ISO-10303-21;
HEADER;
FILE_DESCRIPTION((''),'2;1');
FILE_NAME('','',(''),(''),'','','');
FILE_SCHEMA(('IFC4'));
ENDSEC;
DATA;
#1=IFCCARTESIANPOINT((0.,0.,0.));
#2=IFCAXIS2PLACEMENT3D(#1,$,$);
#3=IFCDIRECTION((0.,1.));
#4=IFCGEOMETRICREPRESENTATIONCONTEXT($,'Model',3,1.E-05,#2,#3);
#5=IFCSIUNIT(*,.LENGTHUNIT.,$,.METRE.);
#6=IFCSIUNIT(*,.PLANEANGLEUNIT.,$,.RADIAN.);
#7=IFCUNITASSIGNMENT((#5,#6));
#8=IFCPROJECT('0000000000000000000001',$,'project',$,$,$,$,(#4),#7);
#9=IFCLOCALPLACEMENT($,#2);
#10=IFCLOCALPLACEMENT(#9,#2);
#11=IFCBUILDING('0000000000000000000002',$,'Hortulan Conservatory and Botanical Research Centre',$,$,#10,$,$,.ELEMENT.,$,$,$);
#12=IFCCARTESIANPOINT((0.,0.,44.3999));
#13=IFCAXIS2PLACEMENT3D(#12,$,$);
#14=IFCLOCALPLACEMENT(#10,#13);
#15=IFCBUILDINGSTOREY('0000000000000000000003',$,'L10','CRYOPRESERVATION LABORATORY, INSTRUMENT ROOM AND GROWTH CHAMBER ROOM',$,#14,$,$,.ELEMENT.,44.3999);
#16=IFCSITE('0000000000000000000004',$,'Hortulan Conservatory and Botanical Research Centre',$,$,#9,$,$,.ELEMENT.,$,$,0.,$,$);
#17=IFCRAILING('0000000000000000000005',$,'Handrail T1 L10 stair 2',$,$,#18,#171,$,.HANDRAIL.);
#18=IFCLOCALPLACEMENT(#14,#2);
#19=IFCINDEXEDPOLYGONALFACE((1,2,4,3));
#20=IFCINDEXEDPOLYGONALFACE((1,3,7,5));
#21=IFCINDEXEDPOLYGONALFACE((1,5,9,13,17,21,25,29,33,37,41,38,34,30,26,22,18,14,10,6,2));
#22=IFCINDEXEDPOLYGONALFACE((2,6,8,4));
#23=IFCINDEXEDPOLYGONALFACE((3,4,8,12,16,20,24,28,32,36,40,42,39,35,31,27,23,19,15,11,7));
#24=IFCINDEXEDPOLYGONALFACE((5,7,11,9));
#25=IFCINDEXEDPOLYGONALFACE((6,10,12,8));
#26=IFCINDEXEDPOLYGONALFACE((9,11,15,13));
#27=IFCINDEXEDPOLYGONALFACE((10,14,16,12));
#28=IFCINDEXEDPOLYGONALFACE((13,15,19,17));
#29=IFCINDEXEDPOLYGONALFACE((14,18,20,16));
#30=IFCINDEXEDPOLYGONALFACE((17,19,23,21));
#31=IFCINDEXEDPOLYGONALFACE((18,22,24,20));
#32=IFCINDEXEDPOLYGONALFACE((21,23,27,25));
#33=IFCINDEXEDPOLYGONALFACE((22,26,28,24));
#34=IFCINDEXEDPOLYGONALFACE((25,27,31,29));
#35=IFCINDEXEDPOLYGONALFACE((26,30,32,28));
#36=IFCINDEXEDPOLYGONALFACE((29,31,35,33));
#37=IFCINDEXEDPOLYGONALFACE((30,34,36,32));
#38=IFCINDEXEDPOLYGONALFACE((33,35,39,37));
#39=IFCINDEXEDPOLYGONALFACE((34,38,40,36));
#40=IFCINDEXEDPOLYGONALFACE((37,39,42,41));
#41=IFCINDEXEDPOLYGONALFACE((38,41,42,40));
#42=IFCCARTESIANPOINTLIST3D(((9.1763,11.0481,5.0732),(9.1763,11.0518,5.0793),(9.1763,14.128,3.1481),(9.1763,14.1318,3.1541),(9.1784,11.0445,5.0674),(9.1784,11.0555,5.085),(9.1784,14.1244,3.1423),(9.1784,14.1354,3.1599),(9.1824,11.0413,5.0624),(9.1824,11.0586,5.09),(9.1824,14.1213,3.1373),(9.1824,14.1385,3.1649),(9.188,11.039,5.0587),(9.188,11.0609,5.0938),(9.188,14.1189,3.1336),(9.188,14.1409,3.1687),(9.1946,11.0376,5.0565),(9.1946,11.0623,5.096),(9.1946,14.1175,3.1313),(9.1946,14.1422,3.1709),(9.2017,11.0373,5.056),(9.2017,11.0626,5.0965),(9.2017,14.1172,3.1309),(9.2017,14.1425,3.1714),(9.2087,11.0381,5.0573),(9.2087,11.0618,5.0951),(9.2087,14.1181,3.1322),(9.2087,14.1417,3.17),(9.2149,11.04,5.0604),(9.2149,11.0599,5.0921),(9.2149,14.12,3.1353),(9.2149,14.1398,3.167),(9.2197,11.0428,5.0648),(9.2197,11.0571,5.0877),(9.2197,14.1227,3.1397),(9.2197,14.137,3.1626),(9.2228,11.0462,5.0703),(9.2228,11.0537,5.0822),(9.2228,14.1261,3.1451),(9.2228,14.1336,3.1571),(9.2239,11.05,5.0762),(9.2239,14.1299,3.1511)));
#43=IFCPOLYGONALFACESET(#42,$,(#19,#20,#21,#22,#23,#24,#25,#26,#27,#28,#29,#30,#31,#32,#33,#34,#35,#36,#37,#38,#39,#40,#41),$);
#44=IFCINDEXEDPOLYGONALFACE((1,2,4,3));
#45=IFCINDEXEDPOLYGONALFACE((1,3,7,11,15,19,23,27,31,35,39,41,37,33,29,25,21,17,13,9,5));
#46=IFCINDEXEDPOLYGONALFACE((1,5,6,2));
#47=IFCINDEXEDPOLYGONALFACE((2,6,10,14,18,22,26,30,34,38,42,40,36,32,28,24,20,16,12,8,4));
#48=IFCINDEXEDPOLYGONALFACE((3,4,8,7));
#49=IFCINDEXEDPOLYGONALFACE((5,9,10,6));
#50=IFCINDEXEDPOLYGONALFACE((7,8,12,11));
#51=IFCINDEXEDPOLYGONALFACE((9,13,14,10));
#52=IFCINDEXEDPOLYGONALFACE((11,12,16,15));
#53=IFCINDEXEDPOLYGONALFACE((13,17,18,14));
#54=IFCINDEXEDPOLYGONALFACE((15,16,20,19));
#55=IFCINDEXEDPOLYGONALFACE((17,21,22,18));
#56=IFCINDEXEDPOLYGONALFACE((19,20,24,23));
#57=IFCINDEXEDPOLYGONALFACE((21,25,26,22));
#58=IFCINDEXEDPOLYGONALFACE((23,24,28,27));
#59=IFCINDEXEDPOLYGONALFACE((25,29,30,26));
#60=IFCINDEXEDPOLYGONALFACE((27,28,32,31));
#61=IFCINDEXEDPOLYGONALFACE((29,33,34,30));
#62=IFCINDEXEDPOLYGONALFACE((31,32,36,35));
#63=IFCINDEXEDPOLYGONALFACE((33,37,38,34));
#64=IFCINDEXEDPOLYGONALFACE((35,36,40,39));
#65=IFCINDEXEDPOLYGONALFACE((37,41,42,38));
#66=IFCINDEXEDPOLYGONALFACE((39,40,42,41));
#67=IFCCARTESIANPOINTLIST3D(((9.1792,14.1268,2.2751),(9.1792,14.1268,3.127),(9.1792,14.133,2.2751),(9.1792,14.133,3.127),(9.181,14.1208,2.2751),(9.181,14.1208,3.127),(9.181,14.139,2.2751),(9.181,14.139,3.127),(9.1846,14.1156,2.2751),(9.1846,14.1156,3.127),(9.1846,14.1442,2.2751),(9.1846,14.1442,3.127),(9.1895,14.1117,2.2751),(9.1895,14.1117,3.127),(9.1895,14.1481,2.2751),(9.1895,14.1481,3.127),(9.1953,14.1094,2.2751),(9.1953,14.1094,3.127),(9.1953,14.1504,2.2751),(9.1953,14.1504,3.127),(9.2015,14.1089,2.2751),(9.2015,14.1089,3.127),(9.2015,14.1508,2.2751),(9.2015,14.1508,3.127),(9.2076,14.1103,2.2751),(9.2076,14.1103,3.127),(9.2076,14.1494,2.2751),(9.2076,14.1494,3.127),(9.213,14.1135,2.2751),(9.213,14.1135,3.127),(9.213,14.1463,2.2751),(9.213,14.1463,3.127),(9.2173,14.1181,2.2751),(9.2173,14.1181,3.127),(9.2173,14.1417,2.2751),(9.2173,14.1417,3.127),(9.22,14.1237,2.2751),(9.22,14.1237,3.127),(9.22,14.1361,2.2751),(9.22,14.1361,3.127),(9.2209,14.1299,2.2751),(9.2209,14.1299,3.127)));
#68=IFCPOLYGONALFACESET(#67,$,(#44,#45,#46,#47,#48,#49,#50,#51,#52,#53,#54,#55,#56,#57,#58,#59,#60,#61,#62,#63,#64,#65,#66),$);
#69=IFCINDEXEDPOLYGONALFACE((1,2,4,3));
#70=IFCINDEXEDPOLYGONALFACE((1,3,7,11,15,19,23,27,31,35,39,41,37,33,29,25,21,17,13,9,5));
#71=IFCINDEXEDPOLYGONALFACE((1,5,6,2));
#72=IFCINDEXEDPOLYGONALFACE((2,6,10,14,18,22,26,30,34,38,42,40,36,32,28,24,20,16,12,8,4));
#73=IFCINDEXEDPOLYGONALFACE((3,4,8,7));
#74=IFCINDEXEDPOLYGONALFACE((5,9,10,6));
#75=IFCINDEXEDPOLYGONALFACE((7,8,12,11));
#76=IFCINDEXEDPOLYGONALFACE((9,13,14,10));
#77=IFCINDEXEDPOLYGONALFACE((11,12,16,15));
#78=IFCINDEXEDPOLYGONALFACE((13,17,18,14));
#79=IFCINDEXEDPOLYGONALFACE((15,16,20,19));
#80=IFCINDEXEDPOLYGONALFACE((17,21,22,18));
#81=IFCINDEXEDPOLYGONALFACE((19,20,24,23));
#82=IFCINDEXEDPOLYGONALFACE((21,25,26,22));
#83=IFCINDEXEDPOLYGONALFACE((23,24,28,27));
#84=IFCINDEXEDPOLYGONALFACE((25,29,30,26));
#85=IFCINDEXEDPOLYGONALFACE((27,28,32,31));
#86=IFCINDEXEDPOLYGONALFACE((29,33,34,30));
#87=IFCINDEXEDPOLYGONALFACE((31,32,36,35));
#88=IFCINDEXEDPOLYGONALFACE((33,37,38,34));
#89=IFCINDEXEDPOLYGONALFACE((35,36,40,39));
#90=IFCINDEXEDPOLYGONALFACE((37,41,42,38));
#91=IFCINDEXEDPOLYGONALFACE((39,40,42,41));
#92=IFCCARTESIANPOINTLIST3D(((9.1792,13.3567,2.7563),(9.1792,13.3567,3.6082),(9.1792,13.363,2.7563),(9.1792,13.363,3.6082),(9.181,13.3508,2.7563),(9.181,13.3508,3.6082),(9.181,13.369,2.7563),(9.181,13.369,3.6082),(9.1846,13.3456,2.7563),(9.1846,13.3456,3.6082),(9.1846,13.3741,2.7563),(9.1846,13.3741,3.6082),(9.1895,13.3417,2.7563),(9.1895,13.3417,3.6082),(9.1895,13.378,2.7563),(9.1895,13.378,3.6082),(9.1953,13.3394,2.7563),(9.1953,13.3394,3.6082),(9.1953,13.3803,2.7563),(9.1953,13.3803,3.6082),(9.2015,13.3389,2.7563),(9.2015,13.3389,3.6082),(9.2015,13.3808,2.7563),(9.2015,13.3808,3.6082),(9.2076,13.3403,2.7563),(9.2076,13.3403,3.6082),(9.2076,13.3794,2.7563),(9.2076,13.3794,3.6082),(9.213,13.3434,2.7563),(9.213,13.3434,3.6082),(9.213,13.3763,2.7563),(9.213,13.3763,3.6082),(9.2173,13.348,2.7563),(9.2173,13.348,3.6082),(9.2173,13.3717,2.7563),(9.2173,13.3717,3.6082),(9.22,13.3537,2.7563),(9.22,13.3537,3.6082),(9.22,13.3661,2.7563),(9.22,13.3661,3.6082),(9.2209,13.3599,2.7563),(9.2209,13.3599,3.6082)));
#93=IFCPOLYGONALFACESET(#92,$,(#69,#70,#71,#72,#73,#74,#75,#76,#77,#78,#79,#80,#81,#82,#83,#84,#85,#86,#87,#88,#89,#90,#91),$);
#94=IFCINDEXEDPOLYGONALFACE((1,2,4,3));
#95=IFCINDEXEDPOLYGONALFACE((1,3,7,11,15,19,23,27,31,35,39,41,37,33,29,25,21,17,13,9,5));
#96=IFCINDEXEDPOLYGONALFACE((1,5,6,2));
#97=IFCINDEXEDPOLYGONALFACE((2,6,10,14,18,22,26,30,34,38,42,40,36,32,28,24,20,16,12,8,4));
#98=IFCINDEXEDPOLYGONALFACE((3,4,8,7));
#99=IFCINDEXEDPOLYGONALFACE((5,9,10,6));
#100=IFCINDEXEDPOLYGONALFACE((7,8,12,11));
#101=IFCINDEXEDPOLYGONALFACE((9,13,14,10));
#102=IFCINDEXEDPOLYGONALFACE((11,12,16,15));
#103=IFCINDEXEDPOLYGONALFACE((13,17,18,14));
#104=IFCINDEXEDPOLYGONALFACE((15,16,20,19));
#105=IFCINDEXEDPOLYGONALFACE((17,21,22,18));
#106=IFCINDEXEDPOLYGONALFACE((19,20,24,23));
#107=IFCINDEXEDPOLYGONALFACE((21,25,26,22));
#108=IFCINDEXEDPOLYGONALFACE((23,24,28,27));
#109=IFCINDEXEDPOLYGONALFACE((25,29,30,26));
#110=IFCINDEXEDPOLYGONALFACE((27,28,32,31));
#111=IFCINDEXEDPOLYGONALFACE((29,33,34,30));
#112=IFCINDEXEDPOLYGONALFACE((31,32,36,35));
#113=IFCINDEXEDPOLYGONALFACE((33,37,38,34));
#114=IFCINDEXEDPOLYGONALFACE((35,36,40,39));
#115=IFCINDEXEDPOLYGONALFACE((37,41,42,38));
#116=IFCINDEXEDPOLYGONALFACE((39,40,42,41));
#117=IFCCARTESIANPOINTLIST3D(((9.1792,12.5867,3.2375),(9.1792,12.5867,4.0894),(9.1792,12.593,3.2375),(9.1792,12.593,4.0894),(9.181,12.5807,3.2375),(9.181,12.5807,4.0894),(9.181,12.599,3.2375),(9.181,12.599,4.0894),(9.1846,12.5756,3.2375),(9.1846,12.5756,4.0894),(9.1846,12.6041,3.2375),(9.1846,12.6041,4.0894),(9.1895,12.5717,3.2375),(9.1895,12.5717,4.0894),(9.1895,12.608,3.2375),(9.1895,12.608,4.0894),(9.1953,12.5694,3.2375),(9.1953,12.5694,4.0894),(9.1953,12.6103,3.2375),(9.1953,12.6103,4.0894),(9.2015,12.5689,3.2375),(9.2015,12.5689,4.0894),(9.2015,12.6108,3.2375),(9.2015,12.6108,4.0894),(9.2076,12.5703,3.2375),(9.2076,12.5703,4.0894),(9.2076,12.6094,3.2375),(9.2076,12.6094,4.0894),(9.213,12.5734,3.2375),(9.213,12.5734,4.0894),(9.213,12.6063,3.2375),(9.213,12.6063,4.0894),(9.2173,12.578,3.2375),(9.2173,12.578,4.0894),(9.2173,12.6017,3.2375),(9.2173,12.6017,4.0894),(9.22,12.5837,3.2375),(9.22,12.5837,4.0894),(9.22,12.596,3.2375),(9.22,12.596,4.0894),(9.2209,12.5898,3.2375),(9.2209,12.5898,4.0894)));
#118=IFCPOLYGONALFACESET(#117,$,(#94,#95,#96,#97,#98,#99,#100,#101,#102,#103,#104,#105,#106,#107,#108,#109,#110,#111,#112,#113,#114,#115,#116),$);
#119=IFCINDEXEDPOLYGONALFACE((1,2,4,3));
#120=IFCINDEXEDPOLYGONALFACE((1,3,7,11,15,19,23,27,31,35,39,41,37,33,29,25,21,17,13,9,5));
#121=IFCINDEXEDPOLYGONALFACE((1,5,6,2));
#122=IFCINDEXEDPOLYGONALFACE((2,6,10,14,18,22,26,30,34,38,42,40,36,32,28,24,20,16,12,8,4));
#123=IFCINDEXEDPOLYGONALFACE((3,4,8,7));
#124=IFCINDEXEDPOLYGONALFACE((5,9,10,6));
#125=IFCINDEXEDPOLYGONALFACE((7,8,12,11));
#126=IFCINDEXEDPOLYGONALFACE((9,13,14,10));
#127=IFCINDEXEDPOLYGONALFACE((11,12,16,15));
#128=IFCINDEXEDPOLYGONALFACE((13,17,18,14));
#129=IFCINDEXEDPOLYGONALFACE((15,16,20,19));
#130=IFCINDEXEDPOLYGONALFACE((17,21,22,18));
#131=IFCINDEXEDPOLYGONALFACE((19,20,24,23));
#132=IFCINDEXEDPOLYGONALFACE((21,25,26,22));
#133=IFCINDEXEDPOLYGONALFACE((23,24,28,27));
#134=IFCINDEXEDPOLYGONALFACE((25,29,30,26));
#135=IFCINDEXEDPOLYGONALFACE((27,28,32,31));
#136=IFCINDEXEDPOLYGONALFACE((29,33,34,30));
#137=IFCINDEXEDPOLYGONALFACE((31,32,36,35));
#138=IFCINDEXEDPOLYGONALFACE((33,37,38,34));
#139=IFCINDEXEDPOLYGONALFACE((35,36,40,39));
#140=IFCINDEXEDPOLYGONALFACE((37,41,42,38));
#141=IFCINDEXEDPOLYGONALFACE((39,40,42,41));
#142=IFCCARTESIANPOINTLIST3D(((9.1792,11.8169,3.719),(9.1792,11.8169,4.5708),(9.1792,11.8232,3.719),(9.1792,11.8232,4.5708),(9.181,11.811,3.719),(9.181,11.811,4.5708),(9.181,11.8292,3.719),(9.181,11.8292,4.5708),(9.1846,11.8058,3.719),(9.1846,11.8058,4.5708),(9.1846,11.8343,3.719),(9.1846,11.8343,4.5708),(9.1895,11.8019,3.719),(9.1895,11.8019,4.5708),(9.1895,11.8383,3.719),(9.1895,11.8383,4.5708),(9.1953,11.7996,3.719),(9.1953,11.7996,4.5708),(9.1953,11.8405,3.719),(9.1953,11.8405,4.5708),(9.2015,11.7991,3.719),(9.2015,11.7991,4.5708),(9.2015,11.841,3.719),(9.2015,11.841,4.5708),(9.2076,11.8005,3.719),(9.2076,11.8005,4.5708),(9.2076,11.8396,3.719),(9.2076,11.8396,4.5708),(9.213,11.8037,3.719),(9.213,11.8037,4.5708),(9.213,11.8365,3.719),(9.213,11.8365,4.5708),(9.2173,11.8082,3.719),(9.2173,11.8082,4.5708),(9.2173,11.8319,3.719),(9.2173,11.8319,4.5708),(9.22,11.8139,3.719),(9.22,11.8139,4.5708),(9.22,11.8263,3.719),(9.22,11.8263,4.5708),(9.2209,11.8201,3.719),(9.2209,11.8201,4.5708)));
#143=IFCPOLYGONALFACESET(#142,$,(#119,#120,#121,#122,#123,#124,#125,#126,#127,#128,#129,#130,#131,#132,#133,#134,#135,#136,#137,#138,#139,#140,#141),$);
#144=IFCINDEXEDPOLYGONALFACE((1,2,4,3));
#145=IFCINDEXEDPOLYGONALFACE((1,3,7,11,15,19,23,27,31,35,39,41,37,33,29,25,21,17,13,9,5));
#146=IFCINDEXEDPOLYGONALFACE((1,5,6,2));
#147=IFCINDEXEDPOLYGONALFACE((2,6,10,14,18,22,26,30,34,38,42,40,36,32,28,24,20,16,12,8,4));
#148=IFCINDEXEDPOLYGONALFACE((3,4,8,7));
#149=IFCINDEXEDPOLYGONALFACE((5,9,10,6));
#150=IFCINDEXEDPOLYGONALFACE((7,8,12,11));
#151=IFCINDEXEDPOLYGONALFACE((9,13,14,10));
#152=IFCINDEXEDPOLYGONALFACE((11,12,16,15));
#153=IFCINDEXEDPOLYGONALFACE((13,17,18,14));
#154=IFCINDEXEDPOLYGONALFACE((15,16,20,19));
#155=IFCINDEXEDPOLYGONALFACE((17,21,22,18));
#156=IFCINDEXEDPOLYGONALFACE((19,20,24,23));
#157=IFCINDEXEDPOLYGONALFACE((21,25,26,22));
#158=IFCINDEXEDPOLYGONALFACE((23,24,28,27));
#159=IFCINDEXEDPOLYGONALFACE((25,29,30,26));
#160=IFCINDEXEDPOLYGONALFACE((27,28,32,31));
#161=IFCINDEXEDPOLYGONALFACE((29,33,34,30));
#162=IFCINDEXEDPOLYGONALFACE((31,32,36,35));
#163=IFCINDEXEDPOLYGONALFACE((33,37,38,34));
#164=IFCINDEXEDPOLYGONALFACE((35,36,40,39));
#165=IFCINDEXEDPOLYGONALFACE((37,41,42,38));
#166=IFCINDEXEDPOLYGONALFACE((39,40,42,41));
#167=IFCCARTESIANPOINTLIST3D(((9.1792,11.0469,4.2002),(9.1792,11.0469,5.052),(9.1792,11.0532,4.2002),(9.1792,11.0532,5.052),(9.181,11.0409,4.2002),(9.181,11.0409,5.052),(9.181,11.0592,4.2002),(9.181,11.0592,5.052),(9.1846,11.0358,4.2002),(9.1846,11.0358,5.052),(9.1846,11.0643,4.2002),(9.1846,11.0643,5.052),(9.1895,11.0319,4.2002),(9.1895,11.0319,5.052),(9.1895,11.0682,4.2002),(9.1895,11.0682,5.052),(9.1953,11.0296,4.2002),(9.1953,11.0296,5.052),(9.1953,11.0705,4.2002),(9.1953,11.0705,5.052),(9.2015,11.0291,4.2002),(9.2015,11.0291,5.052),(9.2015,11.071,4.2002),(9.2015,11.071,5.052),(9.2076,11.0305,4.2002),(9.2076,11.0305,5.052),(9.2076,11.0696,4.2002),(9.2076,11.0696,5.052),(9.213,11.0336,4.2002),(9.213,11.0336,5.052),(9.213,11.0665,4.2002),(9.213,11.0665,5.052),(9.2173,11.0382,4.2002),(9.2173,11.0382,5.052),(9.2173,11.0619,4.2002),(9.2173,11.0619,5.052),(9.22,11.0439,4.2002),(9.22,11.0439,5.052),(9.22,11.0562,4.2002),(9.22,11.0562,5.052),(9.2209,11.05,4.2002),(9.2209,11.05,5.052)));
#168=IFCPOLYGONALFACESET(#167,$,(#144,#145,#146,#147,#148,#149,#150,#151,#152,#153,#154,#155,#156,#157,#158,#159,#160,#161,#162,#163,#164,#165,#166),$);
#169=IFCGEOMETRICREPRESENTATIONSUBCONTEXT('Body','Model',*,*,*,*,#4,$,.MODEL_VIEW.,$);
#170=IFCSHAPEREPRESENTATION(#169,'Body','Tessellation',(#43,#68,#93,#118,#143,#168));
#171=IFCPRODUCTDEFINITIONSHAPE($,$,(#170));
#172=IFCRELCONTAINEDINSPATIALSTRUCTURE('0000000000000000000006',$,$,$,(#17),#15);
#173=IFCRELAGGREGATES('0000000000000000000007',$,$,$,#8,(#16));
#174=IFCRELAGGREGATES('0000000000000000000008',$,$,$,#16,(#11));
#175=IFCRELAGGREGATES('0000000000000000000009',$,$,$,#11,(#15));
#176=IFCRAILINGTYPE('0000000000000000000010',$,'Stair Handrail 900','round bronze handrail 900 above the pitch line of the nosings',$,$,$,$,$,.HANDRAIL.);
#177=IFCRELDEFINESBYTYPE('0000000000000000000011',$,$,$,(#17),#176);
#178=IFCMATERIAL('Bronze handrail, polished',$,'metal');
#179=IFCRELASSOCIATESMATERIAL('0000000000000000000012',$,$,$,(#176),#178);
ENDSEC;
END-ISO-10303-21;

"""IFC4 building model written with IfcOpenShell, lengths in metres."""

from ifc_helpers import new_model, si_unit, direction, frame, origin, origin_2d, place, context, subcontext, project, spatial, circle, extrude, material, type_object, element, save


model = new_model("IFC4")

# Units and contexts
model_context = context("Model", 3, precision=1e-05, world=origin(), true_north=direction((0.0, 1.0)))
body_context = subcontext(model_context, "Body", "Model", "MODEL_VIEW")
ifc_project = project(units=[si_unit("LENGTHUNIT", "METRE"), si_unit("PLANEANGLEUNIT", "RADIAN")], contexts=[model_context])

# Site, building, storey
site_placement = place(None, origin())
site = spatial("IfcSite", under=ifc_project, at=site_placement, Name="Hortulan Conservatory and Botanical Research Centre", CompositionType="ELEMENT", RefElevation=0.0)
building_placement = place(site_placement, origin())
building = spatial("IfcBuilding", under=site, at=building_placement, Name="Hortulan Conservatory and Botanical Research Centre", CompositionType="ELEMENT")
storey_placement = place(building_placement, frame((0.0, 0.0, 44.3999)))
storey = spatial("IfcBuildingStorey", under=building, at=storey_placement, Name="L10", Description="CRYOPRESERVATION LABORATORY, INSTRUMENT ROOM AND GROWTH CHAMBER ROOM", CompositionType="ELEMENT", Elevation=44.3999)

# Railing
ifc_material_1 = material(Name="Bronze handrail, polished", Category="metal")
railing_type_1 = type_object("IfcRailingType", Name="Stair Handrail 900", Description="round bronze handrail 900 above the pitch line of the nosings", PredefinedType="HANDRAIL", material=ifc_material_1)
railing_1_placement = place(storey_placement, frame((9.2, 14.1299, 2.2751)))
element("IfcRailing", 1, at=railing_1_placement, inside=storey, type_object=railing_type_1, Name="Handrail T1 L10 stair 2", PredefinedType="HANDRAIL", context=body_context, shape_type="SweptSolid", body=[
    extrude(circle(Radius=0.0239, at=origin_2d()), frame((0.0, 0.0, 0.876), z_axis=(0.0, -0.847979, 0.530029), x_axis=(1.0, 0.0, 0.0)), (0.0, 0.0, 1.0), 3.6321),
    extrude(circle(Radius=0.021, at=origin_2d()), origin(), (0.0, 0.0, 1.0), 0.8518),
    extrude(circle(Radius=0.021, at=origin_2d()), frame((0.0, -0.77, 0.4812)), (0.0, 0.0, 1.0), 0.8518),
    extrude(circle(Radius=0.021, at=origin_2d()), frame((0.0, -1.54, 0.9624)), (0.0, 0.0, 1.0), 0.8518),
    extrude(circle(Radius=0.021, at=origin_2d()), frame((0.0, -2.3098, 1.4438)), (0.0, 0.0, 1.0), 0.8518),
    extrude(circle(Radius=0.021, at=origin_2d()), frame((0.0, -3.0798, 1.925)), (0.0, 0.0, 1.0), 0.8518),
])

save(model, "model.ifc")
